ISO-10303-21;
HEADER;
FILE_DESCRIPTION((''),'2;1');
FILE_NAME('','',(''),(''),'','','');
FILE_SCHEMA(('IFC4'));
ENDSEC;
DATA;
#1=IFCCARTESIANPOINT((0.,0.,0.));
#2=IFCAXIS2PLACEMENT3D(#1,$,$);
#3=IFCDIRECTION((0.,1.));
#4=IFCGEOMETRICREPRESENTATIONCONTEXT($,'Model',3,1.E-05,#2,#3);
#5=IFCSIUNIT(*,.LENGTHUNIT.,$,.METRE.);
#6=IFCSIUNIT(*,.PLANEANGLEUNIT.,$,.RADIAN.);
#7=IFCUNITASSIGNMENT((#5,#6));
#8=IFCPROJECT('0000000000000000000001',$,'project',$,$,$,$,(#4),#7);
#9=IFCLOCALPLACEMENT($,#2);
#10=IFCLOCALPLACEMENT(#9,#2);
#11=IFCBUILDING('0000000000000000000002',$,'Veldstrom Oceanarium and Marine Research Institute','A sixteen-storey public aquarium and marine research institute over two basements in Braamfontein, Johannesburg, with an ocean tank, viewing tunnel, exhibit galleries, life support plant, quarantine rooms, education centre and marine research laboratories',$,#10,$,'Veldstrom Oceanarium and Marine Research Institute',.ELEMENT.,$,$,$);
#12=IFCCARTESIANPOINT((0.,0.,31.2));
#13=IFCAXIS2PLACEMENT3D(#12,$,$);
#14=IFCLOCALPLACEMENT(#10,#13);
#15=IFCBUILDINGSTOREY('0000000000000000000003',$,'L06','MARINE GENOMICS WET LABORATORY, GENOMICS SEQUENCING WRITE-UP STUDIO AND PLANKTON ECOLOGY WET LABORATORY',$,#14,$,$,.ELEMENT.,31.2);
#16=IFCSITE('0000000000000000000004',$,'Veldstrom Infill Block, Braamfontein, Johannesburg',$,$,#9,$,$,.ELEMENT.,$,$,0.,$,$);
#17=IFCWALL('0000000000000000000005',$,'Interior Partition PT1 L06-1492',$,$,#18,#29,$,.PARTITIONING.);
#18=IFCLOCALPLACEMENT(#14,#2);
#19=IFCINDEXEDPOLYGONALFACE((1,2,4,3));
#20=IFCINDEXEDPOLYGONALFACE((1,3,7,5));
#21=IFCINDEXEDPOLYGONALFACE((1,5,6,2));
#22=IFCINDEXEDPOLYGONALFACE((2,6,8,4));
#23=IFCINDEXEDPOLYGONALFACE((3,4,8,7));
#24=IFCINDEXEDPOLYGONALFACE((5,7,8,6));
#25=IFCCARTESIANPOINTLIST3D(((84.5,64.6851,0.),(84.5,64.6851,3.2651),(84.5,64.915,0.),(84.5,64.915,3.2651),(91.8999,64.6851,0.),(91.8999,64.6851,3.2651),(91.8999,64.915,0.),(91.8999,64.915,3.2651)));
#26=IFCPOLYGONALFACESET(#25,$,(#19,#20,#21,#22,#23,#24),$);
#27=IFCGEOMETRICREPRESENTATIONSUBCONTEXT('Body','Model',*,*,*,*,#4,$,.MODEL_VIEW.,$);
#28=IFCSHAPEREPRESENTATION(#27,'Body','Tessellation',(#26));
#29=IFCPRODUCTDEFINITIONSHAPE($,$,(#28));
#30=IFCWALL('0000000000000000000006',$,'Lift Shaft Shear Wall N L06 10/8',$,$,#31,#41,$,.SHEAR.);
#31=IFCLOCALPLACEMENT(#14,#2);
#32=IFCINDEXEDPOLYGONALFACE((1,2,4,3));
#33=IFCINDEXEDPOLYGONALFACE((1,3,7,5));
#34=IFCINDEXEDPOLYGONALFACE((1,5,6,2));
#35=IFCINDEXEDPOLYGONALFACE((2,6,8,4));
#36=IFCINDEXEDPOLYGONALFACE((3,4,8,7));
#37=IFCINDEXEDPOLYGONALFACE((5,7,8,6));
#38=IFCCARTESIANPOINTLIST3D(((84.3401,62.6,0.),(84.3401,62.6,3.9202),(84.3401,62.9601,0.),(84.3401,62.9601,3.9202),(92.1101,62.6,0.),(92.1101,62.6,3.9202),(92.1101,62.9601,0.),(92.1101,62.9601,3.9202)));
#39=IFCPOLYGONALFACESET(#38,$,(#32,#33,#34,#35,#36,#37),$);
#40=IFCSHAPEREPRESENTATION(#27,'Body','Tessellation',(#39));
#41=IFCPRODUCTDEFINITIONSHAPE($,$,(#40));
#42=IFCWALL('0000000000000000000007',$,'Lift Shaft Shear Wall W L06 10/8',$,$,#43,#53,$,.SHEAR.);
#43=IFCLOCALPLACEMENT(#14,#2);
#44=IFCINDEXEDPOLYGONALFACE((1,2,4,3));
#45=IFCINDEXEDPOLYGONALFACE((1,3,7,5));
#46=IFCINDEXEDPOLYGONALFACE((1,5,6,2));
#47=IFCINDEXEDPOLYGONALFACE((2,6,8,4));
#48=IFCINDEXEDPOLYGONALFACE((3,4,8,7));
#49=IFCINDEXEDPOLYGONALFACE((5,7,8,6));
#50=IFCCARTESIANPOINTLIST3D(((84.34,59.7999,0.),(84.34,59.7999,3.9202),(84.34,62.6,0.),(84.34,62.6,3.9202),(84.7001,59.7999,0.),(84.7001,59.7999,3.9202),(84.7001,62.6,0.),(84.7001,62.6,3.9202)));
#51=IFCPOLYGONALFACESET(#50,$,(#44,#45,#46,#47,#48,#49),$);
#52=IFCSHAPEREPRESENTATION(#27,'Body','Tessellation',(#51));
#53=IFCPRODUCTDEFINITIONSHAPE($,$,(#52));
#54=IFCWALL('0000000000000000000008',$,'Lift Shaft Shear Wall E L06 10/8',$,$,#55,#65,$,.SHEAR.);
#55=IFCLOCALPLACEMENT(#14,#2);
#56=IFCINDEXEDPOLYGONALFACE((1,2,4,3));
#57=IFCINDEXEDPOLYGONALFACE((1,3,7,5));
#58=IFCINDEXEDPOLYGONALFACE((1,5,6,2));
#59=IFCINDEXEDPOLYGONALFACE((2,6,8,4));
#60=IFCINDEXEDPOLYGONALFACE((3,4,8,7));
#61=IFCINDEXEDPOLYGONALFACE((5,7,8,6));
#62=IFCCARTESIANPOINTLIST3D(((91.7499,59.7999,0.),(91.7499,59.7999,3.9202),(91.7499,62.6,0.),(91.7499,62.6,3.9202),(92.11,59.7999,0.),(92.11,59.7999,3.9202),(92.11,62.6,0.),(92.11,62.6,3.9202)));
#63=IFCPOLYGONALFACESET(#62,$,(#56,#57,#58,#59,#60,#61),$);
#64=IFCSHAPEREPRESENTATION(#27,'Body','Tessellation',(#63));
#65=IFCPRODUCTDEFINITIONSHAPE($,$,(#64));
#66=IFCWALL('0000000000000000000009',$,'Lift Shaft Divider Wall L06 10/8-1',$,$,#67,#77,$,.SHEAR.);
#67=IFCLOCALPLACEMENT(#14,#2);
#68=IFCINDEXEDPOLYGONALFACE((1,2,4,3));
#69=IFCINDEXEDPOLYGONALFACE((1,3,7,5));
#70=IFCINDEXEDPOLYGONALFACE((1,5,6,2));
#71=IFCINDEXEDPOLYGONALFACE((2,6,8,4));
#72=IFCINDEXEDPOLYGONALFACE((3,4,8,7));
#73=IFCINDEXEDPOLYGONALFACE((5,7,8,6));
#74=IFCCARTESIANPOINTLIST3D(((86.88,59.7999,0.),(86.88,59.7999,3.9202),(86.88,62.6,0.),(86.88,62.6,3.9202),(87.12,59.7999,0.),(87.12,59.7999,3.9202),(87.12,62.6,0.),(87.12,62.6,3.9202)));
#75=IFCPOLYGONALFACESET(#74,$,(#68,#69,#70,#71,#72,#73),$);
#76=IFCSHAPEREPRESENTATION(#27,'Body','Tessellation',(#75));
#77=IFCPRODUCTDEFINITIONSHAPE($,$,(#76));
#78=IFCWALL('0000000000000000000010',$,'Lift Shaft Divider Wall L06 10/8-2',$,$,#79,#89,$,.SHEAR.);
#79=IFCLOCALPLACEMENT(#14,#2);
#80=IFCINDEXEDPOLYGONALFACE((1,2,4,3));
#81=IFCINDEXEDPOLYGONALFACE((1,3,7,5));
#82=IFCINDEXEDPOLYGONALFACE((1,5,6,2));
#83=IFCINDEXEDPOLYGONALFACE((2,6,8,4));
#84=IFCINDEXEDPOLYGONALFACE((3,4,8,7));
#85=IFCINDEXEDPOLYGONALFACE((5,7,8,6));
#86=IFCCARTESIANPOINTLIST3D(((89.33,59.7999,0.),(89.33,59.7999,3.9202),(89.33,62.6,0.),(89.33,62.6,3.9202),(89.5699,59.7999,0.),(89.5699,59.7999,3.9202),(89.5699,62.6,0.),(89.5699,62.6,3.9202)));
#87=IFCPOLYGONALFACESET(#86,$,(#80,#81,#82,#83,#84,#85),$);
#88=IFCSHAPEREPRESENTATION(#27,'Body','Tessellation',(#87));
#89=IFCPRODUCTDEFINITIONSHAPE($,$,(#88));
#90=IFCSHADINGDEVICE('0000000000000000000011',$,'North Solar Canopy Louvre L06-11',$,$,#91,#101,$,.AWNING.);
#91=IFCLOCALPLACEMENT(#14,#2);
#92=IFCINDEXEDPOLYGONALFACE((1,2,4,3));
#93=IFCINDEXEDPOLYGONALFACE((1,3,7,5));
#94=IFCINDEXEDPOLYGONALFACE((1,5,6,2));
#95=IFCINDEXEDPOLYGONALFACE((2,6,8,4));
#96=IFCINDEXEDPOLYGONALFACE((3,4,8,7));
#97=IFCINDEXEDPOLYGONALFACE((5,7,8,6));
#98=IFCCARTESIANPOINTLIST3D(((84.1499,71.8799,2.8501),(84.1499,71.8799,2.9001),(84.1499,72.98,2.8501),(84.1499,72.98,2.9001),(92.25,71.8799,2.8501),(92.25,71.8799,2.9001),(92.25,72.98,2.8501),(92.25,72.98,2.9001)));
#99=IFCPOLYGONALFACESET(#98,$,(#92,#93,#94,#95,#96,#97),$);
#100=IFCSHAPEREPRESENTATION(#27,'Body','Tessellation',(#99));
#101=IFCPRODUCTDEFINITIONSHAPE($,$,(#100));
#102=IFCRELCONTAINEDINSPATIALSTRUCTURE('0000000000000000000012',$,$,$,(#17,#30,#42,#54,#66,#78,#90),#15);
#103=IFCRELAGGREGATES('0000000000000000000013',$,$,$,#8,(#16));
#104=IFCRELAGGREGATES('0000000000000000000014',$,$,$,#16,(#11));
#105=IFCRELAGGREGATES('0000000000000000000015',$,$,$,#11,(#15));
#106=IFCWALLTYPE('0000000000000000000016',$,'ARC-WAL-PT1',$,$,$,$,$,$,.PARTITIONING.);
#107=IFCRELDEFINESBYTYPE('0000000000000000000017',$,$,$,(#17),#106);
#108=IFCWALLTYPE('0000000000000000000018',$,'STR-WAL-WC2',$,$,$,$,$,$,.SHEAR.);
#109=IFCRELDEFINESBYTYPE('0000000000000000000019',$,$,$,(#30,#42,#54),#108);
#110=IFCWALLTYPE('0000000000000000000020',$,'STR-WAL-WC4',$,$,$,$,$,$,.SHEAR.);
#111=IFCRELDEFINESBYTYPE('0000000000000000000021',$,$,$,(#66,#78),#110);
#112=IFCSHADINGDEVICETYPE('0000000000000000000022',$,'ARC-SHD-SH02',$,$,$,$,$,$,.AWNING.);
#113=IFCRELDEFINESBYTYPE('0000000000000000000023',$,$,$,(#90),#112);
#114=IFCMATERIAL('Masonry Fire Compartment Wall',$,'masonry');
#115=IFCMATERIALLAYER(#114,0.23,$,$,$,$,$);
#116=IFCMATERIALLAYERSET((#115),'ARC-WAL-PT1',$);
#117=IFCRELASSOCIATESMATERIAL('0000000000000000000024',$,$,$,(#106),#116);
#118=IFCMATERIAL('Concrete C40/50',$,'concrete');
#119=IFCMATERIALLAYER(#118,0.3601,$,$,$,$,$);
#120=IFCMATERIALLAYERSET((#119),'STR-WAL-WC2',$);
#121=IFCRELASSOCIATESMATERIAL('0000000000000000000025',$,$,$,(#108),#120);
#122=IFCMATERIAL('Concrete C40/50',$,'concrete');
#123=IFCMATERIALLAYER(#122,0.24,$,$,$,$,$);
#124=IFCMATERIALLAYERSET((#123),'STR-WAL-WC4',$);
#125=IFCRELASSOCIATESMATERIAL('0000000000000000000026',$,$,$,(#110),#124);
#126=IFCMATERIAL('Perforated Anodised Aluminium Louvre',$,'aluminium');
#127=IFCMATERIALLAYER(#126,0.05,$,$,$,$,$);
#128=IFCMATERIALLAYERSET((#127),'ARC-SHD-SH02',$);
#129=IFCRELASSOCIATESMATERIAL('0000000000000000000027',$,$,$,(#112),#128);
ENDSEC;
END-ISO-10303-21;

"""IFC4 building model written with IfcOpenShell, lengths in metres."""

from ifc_helpers import new_model, si_unit, direction, frame, frame_2d, origin, origin_2d, place, context, subcontext, project, spatial, rectangle, extrude, material, layer, layer_set, type_object, element, save


model = new_model("IFC4")

# Units and contexts
model_context = context("Model", 3, precision=1e-05, world=origin(), true_north=direction((0.0, 1.0)))
body_context = subcontext(model_context, "Body", "Model", "MODEL_VIEW")
ifc_project = project(units=[si_unit("LENGTHUNIT", "METRE"), si_unit("PLANEANGLEUNIT", "RADIAN")], contexts=[model_context])

# Site, building, storey
site_placement = place(None, origin())
site = spatial("IfcSite", under=ifc_project, at=site_placement, Name="Veldstrom Infill Block, Braamfontein, Johannesburg", CompositionType="ELEMENT", RefElevation=0.0)
building_placement = place(site_placement, origin())
building = spatial("IfcBuilding", under=site, at=building_placement, Name="Veldstrom Oceanarium and Marine Research Institute", Description="A sixteen-storey public aquarium and marine research institute over two basements in Braamfontein, Johannesburg, with an ocean tank, viewing tunnel, exhibit galleries, life support plant, quarantine rooms, education centre and marine research laboratories", LongName="Veldstrom Oceanarium and Marine Research Institute", CompositionType="ELEMENT")
storey_placement = place(building_placement, frame((0.0, 0.0, 31.2)))
storey = spatial("IfcBuildingStorey", under=building, at=storey_placement, Name="L06", Description="MARINE GENOMICS WET LABORATORY, GENOMICS SEQUENCING WRITE-UP STUDIO AND PLANKTON ECOLOGY WET LABORATORY", CompositionType="ELEMENT", Elevation=31.2)

# Shared definitions
ifc_material_1 = material(Name="Masonry Fire Compartment Wall", Category="masonry")
ifc_layer_1 = layer(ifc_material_1, 0.23)
ifc_layer_set_1 = layer_set([ifc_layer_1], Name="ARC-WAL-PT1")
wall_type_1 = type_object("IfcWallType", Name="ARC-WAL-PT1", PredefinedType="PARTITIONING", material=ifc_layer_set_1)

# Walls
wall_1_placement = place(storey_placement, frame((84.5, 64.8, 0.0), z_axis=(0.0, 0.0, 1.0), x_axis=(1.0, 0.0, 0.0)))
element("IfcWall", 1, at=wall_1_placement, inside=storey, type_object=wall_type_1, Name="Interior Partition PT1 L06-1492", PredefinedType="PARTITIONING", context=body_context, shape_type="SweptSolid", body=[
    extrude(rectangle(XDim=7.3999, YDim=0.23, at=frame_2d((3.7, 0.0))), origin(), (0.0, 0.0, 1.0), 3.2651),
])
ifc_material_2 = material(Name="Concrete C40/50", Category="concrete")
ifc_layer_2 = layer(ifc_material_2, 0.3601)
ifc_layer_set_2 = layer_set([ifc_layer_2], Name="STR-WAL-WC2")
wall_type_2 = type_object("IfcWallType", Name="STR-WAL-WC2", PredefinedType="SHEAR", material=ifc_layer_set_2)
wall_2_placement = place(storey_placement, frame((84.3401, 62.78, 0.0), z_axis=(0.0, 0.0, 1.0), x_axis=(1.0, 0.0, 0.0)))
element("IfcWall", 2, at=wall_2_placement, inside=storey, type_object=wall_type_2, Name="Lift Shaft Shear Wall N L06 10/8", PredefinedType="SHEAR", context=body_context, shape_type="SweptSolid", body=[
    extrude(rectangle(XDim=7.77, YDim=0.3601, at=frame_2d((3.885, 0.0))), origin(), (0.0, 0.0, 1.0), 3.9202),
])

# Walls
for number, where, z_axis, x_axis, name in (
    (3, (84.52, 59.8, 0.0), (0.0, 0.0, 1.0), (0.0, 1.0, 0.0), "Lift Shaft Shear Wall W L06 10/8"),
    (4, (91.9299, 59.8, 0.0), (0.0, 0.0, 1.0), (0.0, 1.0, 0.0), "Lift Shaft Shear Wall E L06 10/8"),
):
    element("IfcWall", number, at=place(storey_placement, frame(where, z_axis=z_axis, x_axis=x_axis)), inside=storey, type_object=wall_type_2, Name=name, PredefinedType="SHEAR", context=body_context, shape_type="SweptSolid", body=[
        extrude(rectangle(XDim=2.8, YDim=0.3601, at=frame_2d((1.3999, 0.0))), origin(), (0.0, 0.0, 1.0), 3.9202),
    ])
ifc_material_3 = material(Name="Concrete C40/50", Category="concrete")
ifc_layer_3 = layer(ifc_material_3, 0.24)
ifc_layer_set_3 = layer_set([ifc_layer_3], Name="STR-WAL-WC4")
wall_type_3 = type_object("IfcWallType", Name="STR-WAL-WC4", PredefinedType="SHEAR", material=ifc_layer_set_3)
for number, where, z_axis, x_axis, name in (
    (5, (87.0, 59.8, 0.0), (0.0, 0.0, 1.0), (0.0, 1.0, 0.0), "Lift Shaft Divider Wall L06 10/8-1"),
    (6, (89.45, 59.8, 0.0), (0.0, 0.0, 1.0), (0.0, 1.0, 0.0), "Lift Shaft Divider Wall L06 10/8-2"),
):
    element("IfcWall", number, at=place(storey_placement, frame(where, z_axis=z_axis, x_axis=x_axis)), inside=storey, type_object=wall_type_3, Name=name, PredefinedType="SHEAR", context=body_context, shape_type="SweptSolid", body=[
        extrude(rectangle(XDim=2.8, YDim=0.24, at=frame_2d((1.3999, 0.0))), origin(), (0.0, 0.0, 1.0), 3.9202),
    ])

# Shading device
ifc_material_4 = material(Name="Perforated Anodised Aluminium Louvre", Category="aluminium")
ifc_layer_4 = layer(ifc_material_4, 0.05)
ifc_layer_set_4 = layer_set([ifc_layer_4], Name="ARC-SHD-SH02")
shading_device_type = type_object("IfcShadingDeviceType", Name="ARC-SHD-SH02", PredefinedType="AWNING", material=ifc_layer_set_4)
shading_device_placement = place(storey_placement, frame((88.2, 72.4299, 2.8501), z_axis=(0.0, 0.0, 1.0), x_axis=(1.0, 0.0, 0.0)))
element("IfcShadingDevice", 7, at=shading_device_placement, inside=storey, type_object=shading_device_type, Name="North Solar Canopy Louvre L06-11", PredefinedType="AWNING", context=body_context, shape_type="SweptSolid", body=[
    extrude(rectangle(XDim=8.1001, YDim=1.1001, at=origin_2d()), origin(), (0.0, 0.0, 1.0), 0.05),
])

save(model, "model.ifc")
